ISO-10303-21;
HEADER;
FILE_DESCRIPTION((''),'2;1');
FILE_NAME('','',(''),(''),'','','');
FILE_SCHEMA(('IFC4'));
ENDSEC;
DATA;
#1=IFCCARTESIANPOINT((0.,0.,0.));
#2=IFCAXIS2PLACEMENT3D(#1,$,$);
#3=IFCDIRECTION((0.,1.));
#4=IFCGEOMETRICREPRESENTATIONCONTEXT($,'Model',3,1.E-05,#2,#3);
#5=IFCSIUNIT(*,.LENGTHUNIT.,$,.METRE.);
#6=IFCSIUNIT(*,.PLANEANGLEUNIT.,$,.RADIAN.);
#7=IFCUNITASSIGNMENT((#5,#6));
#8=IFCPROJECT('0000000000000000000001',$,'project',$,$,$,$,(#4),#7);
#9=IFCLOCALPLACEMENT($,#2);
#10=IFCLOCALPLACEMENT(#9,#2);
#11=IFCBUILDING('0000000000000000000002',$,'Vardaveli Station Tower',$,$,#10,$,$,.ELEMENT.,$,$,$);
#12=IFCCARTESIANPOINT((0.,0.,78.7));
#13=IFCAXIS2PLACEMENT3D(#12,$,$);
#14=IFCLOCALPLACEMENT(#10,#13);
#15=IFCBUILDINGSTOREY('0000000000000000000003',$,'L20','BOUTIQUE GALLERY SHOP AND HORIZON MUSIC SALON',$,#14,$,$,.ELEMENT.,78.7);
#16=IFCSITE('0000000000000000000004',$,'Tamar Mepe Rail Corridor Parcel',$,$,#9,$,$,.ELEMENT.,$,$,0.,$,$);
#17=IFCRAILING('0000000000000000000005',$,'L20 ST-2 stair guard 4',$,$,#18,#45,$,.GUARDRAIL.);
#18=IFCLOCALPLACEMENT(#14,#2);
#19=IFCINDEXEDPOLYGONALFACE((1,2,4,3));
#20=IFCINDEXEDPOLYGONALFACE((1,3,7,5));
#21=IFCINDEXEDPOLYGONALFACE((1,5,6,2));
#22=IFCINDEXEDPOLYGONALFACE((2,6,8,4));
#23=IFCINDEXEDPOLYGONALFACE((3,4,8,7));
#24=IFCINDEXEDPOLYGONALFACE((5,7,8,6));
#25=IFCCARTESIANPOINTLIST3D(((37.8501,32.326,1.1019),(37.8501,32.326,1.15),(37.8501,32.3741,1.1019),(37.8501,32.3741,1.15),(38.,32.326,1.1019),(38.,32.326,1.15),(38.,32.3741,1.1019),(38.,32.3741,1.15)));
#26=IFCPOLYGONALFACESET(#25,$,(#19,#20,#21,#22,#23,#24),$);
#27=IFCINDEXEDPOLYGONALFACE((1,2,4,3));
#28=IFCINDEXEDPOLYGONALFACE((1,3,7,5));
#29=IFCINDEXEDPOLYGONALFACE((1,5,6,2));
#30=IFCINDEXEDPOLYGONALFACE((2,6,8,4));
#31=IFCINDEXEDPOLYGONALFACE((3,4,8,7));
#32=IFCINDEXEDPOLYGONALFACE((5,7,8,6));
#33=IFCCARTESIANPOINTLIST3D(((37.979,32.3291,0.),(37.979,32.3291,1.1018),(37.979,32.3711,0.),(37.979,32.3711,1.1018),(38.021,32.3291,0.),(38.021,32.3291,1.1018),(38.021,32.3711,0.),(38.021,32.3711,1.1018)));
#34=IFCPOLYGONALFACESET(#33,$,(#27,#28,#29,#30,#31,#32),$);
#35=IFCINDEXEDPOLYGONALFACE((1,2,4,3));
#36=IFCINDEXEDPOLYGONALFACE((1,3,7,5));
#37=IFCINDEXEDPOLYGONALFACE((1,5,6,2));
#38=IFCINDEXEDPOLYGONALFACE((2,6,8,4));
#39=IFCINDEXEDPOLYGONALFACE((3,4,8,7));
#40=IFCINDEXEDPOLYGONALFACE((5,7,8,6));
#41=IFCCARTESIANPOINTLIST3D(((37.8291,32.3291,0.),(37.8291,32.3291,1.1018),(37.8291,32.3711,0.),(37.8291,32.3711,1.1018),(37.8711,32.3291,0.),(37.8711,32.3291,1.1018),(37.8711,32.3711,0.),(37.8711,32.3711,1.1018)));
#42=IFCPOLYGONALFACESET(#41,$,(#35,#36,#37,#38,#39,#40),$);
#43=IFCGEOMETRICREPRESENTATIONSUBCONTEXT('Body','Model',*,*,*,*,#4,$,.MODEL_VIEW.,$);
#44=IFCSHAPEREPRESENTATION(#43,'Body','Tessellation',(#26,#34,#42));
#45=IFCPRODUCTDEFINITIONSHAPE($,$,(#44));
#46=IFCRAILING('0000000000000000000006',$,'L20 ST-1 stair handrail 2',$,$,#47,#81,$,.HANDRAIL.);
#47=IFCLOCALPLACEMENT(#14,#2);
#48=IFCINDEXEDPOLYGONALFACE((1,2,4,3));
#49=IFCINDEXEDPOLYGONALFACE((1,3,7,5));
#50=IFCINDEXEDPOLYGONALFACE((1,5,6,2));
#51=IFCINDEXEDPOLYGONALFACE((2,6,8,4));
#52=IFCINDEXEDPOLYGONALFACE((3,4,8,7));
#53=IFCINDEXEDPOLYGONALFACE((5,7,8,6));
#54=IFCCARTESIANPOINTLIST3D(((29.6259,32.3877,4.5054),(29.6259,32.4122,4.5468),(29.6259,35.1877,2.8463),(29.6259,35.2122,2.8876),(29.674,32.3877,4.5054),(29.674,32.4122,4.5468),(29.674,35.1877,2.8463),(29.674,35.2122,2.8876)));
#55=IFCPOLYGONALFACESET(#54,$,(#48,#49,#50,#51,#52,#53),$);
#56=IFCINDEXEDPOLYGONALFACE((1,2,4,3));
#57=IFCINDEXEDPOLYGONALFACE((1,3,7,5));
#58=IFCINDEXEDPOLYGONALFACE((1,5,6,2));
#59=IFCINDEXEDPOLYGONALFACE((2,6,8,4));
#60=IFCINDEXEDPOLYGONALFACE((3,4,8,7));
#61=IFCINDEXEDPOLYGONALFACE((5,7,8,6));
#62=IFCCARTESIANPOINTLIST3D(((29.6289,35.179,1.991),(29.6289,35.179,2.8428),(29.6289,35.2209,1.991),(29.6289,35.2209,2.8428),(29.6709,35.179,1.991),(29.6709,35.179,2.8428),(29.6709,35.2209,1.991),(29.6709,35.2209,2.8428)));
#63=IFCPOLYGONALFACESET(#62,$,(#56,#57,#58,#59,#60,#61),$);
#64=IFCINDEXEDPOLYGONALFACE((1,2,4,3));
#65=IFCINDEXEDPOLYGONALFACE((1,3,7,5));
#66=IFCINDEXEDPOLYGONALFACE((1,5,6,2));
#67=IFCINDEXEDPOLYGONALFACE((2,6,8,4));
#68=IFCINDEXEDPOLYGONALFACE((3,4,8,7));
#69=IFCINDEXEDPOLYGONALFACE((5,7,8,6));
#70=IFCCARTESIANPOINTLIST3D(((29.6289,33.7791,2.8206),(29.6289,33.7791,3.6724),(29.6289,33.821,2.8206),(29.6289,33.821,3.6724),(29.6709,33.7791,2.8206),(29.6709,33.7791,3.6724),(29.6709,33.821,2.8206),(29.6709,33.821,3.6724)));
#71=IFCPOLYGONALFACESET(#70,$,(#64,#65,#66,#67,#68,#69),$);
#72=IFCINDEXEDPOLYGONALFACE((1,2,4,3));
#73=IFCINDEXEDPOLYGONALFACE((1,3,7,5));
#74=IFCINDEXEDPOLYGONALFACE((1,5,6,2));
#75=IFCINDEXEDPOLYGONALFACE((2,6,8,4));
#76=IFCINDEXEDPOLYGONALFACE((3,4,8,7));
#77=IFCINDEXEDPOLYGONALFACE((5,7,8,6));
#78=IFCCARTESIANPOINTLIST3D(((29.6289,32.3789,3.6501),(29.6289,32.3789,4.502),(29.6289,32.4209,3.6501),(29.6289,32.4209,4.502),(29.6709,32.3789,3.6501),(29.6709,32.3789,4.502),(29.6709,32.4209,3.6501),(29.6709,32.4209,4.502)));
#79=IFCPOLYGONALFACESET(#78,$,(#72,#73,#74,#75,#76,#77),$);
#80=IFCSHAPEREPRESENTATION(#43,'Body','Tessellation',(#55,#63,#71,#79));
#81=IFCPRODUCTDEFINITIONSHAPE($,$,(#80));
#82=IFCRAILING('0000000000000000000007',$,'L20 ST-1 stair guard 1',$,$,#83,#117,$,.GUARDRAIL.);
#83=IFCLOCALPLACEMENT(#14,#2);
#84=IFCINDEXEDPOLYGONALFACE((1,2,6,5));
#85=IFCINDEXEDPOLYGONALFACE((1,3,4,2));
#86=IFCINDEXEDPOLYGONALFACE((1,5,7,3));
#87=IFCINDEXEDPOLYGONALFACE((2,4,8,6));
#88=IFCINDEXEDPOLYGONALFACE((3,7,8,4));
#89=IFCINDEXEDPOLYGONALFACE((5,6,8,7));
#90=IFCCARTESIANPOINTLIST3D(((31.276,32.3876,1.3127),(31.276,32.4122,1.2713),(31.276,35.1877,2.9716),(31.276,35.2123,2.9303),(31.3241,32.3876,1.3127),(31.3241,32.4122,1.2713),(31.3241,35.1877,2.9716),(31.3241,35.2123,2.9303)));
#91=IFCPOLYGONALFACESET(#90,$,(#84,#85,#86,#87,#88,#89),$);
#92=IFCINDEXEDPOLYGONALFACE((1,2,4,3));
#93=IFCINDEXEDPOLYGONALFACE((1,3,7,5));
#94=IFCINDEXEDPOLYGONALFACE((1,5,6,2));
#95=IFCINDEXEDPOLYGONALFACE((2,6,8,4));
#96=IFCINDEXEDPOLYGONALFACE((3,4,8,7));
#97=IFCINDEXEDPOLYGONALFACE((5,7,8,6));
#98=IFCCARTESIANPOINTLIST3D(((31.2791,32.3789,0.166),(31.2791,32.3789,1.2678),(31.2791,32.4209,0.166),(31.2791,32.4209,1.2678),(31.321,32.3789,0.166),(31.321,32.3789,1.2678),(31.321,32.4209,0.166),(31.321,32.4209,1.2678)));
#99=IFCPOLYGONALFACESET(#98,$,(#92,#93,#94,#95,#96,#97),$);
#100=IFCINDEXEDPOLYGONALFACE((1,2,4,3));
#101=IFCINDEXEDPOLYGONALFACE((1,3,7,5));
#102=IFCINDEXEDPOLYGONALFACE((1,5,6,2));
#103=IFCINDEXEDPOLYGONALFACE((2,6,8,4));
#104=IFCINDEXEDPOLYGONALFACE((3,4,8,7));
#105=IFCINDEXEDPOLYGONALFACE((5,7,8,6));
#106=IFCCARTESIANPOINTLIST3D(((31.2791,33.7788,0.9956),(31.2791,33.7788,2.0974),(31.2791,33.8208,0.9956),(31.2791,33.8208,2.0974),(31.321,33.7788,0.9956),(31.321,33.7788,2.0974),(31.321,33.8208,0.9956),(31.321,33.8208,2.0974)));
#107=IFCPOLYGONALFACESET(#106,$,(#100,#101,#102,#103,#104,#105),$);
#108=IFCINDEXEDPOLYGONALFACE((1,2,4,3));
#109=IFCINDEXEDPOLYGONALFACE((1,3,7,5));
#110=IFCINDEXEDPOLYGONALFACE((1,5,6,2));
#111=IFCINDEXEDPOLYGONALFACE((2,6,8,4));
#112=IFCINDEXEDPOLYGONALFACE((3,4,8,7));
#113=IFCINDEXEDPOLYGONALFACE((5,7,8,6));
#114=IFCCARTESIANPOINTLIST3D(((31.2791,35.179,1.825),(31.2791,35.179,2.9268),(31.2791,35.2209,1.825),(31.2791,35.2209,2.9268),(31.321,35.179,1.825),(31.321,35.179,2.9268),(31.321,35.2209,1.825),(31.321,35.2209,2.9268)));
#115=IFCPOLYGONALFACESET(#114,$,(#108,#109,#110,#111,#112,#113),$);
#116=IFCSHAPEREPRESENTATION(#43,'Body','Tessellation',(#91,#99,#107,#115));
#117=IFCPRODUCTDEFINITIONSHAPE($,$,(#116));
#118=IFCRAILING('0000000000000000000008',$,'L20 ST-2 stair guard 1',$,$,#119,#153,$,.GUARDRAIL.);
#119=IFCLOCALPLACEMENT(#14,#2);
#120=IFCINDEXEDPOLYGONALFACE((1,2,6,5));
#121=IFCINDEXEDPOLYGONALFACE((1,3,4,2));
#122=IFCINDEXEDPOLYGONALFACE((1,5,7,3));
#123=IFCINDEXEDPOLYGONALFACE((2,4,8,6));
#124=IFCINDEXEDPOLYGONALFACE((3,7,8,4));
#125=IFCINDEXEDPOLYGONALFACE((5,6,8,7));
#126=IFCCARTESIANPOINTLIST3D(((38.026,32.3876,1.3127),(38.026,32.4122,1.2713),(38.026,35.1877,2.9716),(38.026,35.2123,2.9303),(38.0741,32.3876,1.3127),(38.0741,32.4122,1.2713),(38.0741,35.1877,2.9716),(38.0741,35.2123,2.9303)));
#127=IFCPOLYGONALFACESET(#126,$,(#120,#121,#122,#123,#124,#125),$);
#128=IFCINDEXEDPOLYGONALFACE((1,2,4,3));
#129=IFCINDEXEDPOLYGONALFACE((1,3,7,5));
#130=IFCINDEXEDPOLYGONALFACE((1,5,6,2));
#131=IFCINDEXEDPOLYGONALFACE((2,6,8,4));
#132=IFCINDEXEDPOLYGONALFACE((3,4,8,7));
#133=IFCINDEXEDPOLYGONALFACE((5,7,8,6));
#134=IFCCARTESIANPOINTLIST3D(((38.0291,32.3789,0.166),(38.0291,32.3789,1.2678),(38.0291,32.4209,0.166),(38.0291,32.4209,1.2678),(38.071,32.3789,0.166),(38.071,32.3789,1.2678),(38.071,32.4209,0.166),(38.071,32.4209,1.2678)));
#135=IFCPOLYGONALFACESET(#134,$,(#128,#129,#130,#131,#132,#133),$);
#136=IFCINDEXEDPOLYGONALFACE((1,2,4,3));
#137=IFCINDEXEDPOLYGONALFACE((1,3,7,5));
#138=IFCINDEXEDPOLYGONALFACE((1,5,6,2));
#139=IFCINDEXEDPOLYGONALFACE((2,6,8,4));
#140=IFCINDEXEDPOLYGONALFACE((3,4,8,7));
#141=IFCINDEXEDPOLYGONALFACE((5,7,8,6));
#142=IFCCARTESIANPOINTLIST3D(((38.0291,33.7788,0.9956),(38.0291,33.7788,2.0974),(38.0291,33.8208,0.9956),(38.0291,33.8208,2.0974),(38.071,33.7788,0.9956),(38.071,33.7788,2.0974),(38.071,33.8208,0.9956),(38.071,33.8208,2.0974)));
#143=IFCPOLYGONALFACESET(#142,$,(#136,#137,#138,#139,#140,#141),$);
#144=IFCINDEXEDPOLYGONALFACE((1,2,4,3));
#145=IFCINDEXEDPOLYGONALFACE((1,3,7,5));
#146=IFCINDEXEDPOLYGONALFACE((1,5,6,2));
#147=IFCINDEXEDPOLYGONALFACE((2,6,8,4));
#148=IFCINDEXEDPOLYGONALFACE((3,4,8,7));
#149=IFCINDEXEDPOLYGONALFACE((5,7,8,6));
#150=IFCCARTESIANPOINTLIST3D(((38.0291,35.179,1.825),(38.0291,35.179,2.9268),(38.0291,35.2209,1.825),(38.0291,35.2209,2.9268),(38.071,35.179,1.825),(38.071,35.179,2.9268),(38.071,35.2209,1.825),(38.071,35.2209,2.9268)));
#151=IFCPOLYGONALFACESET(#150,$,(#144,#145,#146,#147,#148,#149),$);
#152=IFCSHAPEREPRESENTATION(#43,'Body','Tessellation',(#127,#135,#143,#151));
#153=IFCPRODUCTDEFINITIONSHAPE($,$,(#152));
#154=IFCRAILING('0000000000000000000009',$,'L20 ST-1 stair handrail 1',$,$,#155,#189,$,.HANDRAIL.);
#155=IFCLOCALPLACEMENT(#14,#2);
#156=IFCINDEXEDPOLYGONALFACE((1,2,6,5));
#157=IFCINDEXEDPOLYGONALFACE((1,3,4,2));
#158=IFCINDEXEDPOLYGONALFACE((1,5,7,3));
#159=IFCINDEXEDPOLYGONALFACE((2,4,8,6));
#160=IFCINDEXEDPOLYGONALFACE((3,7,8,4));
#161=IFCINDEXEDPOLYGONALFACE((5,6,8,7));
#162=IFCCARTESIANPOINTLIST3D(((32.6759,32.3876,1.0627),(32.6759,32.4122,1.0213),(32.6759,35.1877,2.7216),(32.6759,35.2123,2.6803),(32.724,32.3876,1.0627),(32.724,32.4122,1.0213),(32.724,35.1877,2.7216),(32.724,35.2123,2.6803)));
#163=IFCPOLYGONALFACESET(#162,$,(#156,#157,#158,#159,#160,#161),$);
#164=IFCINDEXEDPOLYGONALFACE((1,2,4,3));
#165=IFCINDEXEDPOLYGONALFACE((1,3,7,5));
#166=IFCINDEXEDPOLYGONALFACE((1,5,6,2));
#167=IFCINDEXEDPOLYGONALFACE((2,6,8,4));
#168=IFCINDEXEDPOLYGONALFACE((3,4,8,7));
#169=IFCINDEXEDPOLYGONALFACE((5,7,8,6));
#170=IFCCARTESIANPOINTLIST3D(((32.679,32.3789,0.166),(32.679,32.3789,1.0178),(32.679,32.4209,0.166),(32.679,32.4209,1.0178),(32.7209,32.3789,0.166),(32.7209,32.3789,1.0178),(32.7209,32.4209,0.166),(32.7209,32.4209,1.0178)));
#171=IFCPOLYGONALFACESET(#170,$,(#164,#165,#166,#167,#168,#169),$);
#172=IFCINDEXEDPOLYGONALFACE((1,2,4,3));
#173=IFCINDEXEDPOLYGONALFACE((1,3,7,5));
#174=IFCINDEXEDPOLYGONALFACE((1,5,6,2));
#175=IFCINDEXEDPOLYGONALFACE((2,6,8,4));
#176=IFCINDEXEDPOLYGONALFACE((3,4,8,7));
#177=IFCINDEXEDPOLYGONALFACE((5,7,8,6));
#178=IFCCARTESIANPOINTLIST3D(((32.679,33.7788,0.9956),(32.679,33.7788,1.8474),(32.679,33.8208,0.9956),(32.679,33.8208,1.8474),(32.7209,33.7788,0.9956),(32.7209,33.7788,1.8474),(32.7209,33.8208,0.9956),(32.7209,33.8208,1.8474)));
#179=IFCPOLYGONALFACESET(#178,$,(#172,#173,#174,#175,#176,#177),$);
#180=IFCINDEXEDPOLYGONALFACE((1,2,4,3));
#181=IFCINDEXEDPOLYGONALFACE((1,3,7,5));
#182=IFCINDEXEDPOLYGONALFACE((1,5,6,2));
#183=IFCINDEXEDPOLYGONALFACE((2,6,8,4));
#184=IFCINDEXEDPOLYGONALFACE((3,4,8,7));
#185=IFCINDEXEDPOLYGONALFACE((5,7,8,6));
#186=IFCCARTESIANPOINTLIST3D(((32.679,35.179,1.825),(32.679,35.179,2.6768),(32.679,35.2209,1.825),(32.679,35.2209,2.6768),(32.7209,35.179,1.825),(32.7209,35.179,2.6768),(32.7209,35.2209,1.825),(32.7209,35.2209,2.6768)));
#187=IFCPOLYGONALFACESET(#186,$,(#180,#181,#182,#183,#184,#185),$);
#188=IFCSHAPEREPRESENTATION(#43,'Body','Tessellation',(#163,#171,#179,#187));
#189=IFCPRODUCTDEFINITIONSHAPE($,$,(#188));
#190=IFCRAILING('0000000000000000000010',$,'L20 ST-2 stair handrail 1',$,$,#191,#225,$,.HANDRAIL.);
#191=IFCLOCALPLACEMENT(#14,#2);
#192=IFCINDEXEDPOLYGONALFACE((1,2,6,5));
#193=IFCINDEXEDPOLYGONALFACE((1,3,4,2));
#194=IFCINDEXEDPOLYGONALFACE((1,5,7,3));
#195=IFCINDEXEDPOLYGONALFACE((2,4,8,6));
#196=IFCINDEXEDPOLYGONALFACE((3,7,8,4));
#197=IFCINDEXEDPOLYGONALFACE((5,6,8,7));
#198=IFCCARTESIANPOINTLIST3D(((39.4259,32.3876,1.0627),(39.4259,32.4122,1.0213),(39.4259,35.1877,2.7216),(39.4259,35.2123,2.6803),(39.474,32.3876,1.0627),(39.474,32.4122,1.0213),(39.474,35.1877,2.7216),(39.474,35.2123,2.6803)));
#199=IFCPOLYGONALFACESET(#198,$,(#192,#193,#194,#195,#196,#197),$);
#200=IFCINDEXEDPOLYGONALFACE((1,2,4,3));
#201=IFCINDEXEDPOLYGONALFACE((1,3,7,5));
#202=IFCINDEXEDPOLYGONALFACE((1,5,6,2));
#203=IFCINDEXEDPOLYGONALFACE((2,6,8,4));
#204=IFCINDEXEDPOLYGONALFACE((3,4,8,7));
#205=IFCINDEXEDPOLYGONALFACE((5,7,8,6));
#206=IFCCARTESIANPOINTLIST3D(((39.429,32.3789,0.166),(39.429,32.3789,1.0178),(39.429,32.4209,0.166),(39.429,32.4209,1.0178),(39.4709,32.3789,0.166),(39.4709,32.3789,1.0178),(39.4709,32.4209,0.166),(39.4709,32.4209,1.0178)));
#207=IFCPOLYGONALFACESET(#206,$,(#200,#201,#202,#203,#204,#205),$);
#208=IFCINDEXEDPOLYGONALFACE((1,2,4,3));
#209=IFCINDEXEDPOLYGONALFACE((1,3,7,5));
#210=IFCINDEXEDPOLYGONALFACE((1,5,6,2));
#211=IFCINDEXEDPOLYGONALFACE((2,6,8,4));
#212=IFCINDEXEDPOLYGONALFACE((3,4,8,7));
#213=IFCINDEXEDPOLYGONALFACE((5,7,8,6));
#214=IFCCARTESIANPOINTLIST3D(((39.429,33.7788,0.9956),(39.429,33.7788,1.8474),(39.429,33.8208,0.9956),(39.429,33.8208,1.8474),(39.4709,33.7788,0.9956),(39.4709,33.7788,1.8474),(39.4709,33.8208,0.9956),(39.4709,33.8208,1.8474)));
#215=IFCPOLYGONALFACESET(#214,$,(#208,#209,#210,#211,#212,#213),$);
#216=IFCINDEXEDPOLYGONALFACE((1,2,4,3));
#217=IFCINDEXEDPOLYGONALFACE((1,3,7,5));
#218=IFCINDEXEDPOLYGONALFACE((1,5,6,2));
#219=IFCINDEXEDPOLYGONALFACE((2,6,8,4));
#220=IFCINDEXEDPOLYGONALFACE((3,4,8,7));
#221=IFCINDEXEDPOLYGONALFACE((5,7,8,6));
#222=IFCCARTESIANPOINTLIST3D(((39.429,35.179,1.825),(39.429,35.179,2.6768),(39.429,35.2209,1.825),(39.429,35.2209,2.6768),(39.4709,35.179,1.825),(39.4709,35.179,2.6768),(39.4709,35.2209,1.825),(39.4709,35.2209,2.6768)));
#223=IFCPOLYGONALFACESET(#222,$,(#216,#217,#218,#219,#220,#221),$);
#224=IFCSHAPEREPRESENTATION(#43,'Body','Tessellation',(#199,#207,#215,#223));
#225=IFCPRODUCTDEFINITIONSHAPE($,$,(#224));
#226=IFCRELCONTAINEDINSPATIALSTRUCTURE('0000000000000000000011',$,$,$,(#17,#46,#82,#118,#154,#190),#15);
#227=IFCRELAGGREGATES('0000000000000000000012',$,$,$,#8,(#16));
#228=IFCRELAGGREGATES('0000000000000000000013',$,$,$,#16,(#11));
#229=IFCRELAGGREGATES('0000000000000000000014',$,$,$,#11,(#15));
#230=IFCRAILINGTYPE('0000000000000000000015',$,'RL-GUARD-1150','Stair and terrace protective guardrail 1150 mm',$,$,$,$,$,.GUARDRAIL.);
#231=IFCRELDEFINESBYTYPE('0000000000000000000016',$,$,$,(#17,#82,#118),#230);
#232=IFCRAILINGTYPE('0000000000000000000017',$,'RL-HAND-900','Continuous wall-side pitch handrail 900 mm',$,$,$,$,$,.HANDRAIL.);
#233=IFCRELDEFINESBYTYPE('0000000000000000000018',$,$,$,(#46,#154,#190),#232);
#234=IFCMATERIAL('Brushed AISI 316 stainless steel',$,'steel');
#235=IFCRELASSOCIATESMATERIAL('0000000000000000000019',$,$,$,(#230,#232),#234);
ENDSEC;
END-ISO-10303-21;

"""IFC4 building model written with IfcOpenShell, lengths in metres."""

from ifc_helpers import new_model, si_unit, direction, frame, origin, origin_2d, place, context, subcontext, project, spatial, rectangle, extrude, source, transform, mapped, material, type_object, element, save


model = new_model("IFC4")

# Units and contexts
model_context = context("Model", 3, precision=1e-05, world=origin(), true_north=direction((0.0, 1.0)))
body_context = subcontext(model_context, "Body", "Model", "MODEL_VIEW")
ifc_project = project(units=[si_unit("LENGTHUNIT", "METRE"), si_unit("PLANEANGLEUNIT", "RADIAN")], contexts=[model_context])

# Site, building, storey
site_placement = place(None, origin())
site = spatial("IfcSite", under=ifc_project, at=site_placement, Name="Tamar Mepe Rail Corridor Parcel", CompositionType="ELEMENT", RefElevation=0.0)
building_placement = place(site_placement, origin())
building = spatial("IfcBuilding", under=site, at=building_placement, Name="Vardaveli Station Tower", CompositionType="ELEMENT")
storey_placement = place(building_placement, frame((0.0, 0.0, 78.7)))
storey = spatial("IfcBuildingStorey", under=building, at=storey_placement, Name="L20", Description="BOUTIQUE GALLERY SHOP AND HORIZON MUSIC SALON", CompositionType="ELEMENT", Elevation=78.7)

# Railings
ifc_material_1 = material(Name="Brushed AISI 316 stainless steel", Category="steel")
railing_type_1 = type_object("IfcRailingType", Name="RL-GUARD-1150", Description="Stair and terrace protective guardrail 1150 mm", PredefinedType="GUARDRAIL", material=ifc_material_1)
shared_shape_1 = source(origin(), body_context, "Body", "SweptSolid", [
    extrude(rectangle(XDim=0.0481, YDim=0.0481, at=origin_2d()), frame((0.0, 0.0, 1.126), z_axis=(-1.0, 0.0, 0.0), x_axis=(0.0, -1.0, 0.0)), (0.0, 0.0, 1.0), 0.1499),
    extrude(rectangle(XDim=0.042, YDim=0.042, at=origin_2d()), origin(), (0.0, 0.0, 1.0), 1.1018),
    extrude(rectangle(XDim=0.042, YDim=0.042, at=origin_2d()), frame((-0.1499, 0.0, 0.0)), (0.0, 0.0, 1.0), 1.1018),
])
for number, where, name in (
    (1, (38.0, 32.3501, 0.0), "L20 ST-2 stair guard 4"),
):
    element("IfcRailing", number, at=place(storey_placement, frame(where)), inside=storey, type_object=railing_type_1, Name=name, PredefinedType="GUARDRAIL", context=body_context, shape_type="MappedRepresentation", body=[
        mapped(shared_shape_1, transform((0.0, 0.0, 0.0), scale=1.0)),
    ])
railing_type_2 = type_object("IfcRailingType", Name="RL-HAND-900", Description="Continuous wall-side pitch handrail 900 mm", PredefinedType="HANDRAIL", material=ifc_material_1)
shared_shape_2 = source(origin(), body_context, "Body", "SweptSolid", [
    extrude(rectangle(XDim=0.0481, YDim=0.0481, at=origin_2d()), frame((0.0, 0.0, 0.876), z_axis=(0.0, -0.860306, 0.509778), x_axis=(1.0, 0.0, 0.0)), (0.0, 0.0, 1.0), 3.2546),
    extrude(rectangle(XDim=0.042, YDim=0.042, at=origin_2d()), origin(), (0.0, 0.0, 1.0), 0.8518),
    extrude(rectangle(XDim=0.042, YDim=0.042, at=origin_2d()), frame((0.0, -1.3999, 0.8296)), (0.0, 0.0, 1.0), 0.8518),
    extrude(rectangle(XDim=0.042, YDim=0.042, at=origin_2d()), frame((0.0, -2.8, 1.6592)), (0.0, 0.0, 1.0), 0.8518),
])
railing_placement = place(storey_placement, frame((29.6499, 35.2, 1.991)))
element("IfcRailing", 2, at=railing_placement, inside=storey, type_object=railing_type_2, Name="L20 ST-1 stair handrail 2", PredefinedType="HANDRAIL", context=body_context, shape_type="MappedRepresentation", body=[
    mapped(shared_shape_2, transform((0.0, 0.0, 0.0), scale=1.0)),
])
shared_shape_3 = source(origin(), body_context, "Body", "SweptSolid", [
    extrude(rectangle(XDim=0.0481, YDim=0.0481, at=origin_2d()), frame((0.0, 0.0, 1.126), z_axis=(0.0, 0.860339, 0.509722), x_axis=(-1.0, 0.0, 0.0)), (0.0, 0.0, 1.0), 3.2546),
    extrude(rectangle(XDim=0.042, YDim=0.042, at=origin_2d()), origin(), (0.0, 0.0, 1.0), 1.1018),
    extrude(rectangle(XDim=0.042, YDim=0.042, at=origin_2d()), frame((0.0, 1.3999, 0.8296)), (0.0, 0.0, 1.0), 1.1018),
    extrude(rectangle(XDim=0.042, YDim=0.042, at=origin_2d()), frame((0.0, 2.8, 1.6589)), (0.0, 0.0, 1.0), 1.1018),
])
for number, where, name in (
    (3, (31.3, 32.3999, 0.166), "L20 ST-1 stair guard 1"),
    (4, (38.05, 32.3999, 0.166), "L20 ST-2 stair guard 1"),
):
    element("IfcRailing", number, at=place(storey_placement, frame(where)), inside=storey, type_object=railing_type_1, Name=name, PredefinedType="GUARDRAIL", context=body_context, shape_type="MappedRepresentation", body=[
        mapped(shared_shape_3, transform((0.0, 0.0, 0.0), scale=1.0)),
    ])
shared_shape_4 = source(origin(), body_context, "Body", "SweptSolid", [
    extrude(rectangle(XDim=0.0481, YDim=0.0481, at=origin_2d()), frame((0.0, 0.0, 0.876), z_axis=(0.0, 0.860339, 0.509722), x_axis=(-1.0, 0.0, 0.0)), (0.0, 0.0, 1.0), 3.2546),
    extrude(rectangle(XDim=0.042, YDim=0.042, at=origin_2d()), origin(), (0.0, 0.0, 1.0), 0.8518),
    extrude(rectangle(XDim=0.042, YDim=0.042, at=origin_2d()), frame((0.0, 1.3999, 0.8296)), (0.0, 0.0, 1.0), 0.8518),
    extrude(rectangle(XDim=0.042, YDim=0.042, at=origin_2d()), frame((0.0, 2.8, 1.6589)), (0.0, 0.0, 1.0), 0.8518),
])
for number, where, name in (
    (5, (32.7, 32.3999, 0.166), "L20 ST-1 stair handrail 1"),
    (6, (39.45, 32.3999, 0.166), "L20 ST-2 stair handrail 1"),
):
    element("IfcRailing", number, at=place(storey_placement, frame(where)), inside=storey, type_object=railing_type_2, Name=name, PredefinedType="HANDRAIL", context=body_context, shape_type="MappedRepresentation", body=[
        mapped(shared_shape_4, transform((0.0, 0.0, 0.0), scale=1.0)),
    ])

save(model, "model.ifc")
